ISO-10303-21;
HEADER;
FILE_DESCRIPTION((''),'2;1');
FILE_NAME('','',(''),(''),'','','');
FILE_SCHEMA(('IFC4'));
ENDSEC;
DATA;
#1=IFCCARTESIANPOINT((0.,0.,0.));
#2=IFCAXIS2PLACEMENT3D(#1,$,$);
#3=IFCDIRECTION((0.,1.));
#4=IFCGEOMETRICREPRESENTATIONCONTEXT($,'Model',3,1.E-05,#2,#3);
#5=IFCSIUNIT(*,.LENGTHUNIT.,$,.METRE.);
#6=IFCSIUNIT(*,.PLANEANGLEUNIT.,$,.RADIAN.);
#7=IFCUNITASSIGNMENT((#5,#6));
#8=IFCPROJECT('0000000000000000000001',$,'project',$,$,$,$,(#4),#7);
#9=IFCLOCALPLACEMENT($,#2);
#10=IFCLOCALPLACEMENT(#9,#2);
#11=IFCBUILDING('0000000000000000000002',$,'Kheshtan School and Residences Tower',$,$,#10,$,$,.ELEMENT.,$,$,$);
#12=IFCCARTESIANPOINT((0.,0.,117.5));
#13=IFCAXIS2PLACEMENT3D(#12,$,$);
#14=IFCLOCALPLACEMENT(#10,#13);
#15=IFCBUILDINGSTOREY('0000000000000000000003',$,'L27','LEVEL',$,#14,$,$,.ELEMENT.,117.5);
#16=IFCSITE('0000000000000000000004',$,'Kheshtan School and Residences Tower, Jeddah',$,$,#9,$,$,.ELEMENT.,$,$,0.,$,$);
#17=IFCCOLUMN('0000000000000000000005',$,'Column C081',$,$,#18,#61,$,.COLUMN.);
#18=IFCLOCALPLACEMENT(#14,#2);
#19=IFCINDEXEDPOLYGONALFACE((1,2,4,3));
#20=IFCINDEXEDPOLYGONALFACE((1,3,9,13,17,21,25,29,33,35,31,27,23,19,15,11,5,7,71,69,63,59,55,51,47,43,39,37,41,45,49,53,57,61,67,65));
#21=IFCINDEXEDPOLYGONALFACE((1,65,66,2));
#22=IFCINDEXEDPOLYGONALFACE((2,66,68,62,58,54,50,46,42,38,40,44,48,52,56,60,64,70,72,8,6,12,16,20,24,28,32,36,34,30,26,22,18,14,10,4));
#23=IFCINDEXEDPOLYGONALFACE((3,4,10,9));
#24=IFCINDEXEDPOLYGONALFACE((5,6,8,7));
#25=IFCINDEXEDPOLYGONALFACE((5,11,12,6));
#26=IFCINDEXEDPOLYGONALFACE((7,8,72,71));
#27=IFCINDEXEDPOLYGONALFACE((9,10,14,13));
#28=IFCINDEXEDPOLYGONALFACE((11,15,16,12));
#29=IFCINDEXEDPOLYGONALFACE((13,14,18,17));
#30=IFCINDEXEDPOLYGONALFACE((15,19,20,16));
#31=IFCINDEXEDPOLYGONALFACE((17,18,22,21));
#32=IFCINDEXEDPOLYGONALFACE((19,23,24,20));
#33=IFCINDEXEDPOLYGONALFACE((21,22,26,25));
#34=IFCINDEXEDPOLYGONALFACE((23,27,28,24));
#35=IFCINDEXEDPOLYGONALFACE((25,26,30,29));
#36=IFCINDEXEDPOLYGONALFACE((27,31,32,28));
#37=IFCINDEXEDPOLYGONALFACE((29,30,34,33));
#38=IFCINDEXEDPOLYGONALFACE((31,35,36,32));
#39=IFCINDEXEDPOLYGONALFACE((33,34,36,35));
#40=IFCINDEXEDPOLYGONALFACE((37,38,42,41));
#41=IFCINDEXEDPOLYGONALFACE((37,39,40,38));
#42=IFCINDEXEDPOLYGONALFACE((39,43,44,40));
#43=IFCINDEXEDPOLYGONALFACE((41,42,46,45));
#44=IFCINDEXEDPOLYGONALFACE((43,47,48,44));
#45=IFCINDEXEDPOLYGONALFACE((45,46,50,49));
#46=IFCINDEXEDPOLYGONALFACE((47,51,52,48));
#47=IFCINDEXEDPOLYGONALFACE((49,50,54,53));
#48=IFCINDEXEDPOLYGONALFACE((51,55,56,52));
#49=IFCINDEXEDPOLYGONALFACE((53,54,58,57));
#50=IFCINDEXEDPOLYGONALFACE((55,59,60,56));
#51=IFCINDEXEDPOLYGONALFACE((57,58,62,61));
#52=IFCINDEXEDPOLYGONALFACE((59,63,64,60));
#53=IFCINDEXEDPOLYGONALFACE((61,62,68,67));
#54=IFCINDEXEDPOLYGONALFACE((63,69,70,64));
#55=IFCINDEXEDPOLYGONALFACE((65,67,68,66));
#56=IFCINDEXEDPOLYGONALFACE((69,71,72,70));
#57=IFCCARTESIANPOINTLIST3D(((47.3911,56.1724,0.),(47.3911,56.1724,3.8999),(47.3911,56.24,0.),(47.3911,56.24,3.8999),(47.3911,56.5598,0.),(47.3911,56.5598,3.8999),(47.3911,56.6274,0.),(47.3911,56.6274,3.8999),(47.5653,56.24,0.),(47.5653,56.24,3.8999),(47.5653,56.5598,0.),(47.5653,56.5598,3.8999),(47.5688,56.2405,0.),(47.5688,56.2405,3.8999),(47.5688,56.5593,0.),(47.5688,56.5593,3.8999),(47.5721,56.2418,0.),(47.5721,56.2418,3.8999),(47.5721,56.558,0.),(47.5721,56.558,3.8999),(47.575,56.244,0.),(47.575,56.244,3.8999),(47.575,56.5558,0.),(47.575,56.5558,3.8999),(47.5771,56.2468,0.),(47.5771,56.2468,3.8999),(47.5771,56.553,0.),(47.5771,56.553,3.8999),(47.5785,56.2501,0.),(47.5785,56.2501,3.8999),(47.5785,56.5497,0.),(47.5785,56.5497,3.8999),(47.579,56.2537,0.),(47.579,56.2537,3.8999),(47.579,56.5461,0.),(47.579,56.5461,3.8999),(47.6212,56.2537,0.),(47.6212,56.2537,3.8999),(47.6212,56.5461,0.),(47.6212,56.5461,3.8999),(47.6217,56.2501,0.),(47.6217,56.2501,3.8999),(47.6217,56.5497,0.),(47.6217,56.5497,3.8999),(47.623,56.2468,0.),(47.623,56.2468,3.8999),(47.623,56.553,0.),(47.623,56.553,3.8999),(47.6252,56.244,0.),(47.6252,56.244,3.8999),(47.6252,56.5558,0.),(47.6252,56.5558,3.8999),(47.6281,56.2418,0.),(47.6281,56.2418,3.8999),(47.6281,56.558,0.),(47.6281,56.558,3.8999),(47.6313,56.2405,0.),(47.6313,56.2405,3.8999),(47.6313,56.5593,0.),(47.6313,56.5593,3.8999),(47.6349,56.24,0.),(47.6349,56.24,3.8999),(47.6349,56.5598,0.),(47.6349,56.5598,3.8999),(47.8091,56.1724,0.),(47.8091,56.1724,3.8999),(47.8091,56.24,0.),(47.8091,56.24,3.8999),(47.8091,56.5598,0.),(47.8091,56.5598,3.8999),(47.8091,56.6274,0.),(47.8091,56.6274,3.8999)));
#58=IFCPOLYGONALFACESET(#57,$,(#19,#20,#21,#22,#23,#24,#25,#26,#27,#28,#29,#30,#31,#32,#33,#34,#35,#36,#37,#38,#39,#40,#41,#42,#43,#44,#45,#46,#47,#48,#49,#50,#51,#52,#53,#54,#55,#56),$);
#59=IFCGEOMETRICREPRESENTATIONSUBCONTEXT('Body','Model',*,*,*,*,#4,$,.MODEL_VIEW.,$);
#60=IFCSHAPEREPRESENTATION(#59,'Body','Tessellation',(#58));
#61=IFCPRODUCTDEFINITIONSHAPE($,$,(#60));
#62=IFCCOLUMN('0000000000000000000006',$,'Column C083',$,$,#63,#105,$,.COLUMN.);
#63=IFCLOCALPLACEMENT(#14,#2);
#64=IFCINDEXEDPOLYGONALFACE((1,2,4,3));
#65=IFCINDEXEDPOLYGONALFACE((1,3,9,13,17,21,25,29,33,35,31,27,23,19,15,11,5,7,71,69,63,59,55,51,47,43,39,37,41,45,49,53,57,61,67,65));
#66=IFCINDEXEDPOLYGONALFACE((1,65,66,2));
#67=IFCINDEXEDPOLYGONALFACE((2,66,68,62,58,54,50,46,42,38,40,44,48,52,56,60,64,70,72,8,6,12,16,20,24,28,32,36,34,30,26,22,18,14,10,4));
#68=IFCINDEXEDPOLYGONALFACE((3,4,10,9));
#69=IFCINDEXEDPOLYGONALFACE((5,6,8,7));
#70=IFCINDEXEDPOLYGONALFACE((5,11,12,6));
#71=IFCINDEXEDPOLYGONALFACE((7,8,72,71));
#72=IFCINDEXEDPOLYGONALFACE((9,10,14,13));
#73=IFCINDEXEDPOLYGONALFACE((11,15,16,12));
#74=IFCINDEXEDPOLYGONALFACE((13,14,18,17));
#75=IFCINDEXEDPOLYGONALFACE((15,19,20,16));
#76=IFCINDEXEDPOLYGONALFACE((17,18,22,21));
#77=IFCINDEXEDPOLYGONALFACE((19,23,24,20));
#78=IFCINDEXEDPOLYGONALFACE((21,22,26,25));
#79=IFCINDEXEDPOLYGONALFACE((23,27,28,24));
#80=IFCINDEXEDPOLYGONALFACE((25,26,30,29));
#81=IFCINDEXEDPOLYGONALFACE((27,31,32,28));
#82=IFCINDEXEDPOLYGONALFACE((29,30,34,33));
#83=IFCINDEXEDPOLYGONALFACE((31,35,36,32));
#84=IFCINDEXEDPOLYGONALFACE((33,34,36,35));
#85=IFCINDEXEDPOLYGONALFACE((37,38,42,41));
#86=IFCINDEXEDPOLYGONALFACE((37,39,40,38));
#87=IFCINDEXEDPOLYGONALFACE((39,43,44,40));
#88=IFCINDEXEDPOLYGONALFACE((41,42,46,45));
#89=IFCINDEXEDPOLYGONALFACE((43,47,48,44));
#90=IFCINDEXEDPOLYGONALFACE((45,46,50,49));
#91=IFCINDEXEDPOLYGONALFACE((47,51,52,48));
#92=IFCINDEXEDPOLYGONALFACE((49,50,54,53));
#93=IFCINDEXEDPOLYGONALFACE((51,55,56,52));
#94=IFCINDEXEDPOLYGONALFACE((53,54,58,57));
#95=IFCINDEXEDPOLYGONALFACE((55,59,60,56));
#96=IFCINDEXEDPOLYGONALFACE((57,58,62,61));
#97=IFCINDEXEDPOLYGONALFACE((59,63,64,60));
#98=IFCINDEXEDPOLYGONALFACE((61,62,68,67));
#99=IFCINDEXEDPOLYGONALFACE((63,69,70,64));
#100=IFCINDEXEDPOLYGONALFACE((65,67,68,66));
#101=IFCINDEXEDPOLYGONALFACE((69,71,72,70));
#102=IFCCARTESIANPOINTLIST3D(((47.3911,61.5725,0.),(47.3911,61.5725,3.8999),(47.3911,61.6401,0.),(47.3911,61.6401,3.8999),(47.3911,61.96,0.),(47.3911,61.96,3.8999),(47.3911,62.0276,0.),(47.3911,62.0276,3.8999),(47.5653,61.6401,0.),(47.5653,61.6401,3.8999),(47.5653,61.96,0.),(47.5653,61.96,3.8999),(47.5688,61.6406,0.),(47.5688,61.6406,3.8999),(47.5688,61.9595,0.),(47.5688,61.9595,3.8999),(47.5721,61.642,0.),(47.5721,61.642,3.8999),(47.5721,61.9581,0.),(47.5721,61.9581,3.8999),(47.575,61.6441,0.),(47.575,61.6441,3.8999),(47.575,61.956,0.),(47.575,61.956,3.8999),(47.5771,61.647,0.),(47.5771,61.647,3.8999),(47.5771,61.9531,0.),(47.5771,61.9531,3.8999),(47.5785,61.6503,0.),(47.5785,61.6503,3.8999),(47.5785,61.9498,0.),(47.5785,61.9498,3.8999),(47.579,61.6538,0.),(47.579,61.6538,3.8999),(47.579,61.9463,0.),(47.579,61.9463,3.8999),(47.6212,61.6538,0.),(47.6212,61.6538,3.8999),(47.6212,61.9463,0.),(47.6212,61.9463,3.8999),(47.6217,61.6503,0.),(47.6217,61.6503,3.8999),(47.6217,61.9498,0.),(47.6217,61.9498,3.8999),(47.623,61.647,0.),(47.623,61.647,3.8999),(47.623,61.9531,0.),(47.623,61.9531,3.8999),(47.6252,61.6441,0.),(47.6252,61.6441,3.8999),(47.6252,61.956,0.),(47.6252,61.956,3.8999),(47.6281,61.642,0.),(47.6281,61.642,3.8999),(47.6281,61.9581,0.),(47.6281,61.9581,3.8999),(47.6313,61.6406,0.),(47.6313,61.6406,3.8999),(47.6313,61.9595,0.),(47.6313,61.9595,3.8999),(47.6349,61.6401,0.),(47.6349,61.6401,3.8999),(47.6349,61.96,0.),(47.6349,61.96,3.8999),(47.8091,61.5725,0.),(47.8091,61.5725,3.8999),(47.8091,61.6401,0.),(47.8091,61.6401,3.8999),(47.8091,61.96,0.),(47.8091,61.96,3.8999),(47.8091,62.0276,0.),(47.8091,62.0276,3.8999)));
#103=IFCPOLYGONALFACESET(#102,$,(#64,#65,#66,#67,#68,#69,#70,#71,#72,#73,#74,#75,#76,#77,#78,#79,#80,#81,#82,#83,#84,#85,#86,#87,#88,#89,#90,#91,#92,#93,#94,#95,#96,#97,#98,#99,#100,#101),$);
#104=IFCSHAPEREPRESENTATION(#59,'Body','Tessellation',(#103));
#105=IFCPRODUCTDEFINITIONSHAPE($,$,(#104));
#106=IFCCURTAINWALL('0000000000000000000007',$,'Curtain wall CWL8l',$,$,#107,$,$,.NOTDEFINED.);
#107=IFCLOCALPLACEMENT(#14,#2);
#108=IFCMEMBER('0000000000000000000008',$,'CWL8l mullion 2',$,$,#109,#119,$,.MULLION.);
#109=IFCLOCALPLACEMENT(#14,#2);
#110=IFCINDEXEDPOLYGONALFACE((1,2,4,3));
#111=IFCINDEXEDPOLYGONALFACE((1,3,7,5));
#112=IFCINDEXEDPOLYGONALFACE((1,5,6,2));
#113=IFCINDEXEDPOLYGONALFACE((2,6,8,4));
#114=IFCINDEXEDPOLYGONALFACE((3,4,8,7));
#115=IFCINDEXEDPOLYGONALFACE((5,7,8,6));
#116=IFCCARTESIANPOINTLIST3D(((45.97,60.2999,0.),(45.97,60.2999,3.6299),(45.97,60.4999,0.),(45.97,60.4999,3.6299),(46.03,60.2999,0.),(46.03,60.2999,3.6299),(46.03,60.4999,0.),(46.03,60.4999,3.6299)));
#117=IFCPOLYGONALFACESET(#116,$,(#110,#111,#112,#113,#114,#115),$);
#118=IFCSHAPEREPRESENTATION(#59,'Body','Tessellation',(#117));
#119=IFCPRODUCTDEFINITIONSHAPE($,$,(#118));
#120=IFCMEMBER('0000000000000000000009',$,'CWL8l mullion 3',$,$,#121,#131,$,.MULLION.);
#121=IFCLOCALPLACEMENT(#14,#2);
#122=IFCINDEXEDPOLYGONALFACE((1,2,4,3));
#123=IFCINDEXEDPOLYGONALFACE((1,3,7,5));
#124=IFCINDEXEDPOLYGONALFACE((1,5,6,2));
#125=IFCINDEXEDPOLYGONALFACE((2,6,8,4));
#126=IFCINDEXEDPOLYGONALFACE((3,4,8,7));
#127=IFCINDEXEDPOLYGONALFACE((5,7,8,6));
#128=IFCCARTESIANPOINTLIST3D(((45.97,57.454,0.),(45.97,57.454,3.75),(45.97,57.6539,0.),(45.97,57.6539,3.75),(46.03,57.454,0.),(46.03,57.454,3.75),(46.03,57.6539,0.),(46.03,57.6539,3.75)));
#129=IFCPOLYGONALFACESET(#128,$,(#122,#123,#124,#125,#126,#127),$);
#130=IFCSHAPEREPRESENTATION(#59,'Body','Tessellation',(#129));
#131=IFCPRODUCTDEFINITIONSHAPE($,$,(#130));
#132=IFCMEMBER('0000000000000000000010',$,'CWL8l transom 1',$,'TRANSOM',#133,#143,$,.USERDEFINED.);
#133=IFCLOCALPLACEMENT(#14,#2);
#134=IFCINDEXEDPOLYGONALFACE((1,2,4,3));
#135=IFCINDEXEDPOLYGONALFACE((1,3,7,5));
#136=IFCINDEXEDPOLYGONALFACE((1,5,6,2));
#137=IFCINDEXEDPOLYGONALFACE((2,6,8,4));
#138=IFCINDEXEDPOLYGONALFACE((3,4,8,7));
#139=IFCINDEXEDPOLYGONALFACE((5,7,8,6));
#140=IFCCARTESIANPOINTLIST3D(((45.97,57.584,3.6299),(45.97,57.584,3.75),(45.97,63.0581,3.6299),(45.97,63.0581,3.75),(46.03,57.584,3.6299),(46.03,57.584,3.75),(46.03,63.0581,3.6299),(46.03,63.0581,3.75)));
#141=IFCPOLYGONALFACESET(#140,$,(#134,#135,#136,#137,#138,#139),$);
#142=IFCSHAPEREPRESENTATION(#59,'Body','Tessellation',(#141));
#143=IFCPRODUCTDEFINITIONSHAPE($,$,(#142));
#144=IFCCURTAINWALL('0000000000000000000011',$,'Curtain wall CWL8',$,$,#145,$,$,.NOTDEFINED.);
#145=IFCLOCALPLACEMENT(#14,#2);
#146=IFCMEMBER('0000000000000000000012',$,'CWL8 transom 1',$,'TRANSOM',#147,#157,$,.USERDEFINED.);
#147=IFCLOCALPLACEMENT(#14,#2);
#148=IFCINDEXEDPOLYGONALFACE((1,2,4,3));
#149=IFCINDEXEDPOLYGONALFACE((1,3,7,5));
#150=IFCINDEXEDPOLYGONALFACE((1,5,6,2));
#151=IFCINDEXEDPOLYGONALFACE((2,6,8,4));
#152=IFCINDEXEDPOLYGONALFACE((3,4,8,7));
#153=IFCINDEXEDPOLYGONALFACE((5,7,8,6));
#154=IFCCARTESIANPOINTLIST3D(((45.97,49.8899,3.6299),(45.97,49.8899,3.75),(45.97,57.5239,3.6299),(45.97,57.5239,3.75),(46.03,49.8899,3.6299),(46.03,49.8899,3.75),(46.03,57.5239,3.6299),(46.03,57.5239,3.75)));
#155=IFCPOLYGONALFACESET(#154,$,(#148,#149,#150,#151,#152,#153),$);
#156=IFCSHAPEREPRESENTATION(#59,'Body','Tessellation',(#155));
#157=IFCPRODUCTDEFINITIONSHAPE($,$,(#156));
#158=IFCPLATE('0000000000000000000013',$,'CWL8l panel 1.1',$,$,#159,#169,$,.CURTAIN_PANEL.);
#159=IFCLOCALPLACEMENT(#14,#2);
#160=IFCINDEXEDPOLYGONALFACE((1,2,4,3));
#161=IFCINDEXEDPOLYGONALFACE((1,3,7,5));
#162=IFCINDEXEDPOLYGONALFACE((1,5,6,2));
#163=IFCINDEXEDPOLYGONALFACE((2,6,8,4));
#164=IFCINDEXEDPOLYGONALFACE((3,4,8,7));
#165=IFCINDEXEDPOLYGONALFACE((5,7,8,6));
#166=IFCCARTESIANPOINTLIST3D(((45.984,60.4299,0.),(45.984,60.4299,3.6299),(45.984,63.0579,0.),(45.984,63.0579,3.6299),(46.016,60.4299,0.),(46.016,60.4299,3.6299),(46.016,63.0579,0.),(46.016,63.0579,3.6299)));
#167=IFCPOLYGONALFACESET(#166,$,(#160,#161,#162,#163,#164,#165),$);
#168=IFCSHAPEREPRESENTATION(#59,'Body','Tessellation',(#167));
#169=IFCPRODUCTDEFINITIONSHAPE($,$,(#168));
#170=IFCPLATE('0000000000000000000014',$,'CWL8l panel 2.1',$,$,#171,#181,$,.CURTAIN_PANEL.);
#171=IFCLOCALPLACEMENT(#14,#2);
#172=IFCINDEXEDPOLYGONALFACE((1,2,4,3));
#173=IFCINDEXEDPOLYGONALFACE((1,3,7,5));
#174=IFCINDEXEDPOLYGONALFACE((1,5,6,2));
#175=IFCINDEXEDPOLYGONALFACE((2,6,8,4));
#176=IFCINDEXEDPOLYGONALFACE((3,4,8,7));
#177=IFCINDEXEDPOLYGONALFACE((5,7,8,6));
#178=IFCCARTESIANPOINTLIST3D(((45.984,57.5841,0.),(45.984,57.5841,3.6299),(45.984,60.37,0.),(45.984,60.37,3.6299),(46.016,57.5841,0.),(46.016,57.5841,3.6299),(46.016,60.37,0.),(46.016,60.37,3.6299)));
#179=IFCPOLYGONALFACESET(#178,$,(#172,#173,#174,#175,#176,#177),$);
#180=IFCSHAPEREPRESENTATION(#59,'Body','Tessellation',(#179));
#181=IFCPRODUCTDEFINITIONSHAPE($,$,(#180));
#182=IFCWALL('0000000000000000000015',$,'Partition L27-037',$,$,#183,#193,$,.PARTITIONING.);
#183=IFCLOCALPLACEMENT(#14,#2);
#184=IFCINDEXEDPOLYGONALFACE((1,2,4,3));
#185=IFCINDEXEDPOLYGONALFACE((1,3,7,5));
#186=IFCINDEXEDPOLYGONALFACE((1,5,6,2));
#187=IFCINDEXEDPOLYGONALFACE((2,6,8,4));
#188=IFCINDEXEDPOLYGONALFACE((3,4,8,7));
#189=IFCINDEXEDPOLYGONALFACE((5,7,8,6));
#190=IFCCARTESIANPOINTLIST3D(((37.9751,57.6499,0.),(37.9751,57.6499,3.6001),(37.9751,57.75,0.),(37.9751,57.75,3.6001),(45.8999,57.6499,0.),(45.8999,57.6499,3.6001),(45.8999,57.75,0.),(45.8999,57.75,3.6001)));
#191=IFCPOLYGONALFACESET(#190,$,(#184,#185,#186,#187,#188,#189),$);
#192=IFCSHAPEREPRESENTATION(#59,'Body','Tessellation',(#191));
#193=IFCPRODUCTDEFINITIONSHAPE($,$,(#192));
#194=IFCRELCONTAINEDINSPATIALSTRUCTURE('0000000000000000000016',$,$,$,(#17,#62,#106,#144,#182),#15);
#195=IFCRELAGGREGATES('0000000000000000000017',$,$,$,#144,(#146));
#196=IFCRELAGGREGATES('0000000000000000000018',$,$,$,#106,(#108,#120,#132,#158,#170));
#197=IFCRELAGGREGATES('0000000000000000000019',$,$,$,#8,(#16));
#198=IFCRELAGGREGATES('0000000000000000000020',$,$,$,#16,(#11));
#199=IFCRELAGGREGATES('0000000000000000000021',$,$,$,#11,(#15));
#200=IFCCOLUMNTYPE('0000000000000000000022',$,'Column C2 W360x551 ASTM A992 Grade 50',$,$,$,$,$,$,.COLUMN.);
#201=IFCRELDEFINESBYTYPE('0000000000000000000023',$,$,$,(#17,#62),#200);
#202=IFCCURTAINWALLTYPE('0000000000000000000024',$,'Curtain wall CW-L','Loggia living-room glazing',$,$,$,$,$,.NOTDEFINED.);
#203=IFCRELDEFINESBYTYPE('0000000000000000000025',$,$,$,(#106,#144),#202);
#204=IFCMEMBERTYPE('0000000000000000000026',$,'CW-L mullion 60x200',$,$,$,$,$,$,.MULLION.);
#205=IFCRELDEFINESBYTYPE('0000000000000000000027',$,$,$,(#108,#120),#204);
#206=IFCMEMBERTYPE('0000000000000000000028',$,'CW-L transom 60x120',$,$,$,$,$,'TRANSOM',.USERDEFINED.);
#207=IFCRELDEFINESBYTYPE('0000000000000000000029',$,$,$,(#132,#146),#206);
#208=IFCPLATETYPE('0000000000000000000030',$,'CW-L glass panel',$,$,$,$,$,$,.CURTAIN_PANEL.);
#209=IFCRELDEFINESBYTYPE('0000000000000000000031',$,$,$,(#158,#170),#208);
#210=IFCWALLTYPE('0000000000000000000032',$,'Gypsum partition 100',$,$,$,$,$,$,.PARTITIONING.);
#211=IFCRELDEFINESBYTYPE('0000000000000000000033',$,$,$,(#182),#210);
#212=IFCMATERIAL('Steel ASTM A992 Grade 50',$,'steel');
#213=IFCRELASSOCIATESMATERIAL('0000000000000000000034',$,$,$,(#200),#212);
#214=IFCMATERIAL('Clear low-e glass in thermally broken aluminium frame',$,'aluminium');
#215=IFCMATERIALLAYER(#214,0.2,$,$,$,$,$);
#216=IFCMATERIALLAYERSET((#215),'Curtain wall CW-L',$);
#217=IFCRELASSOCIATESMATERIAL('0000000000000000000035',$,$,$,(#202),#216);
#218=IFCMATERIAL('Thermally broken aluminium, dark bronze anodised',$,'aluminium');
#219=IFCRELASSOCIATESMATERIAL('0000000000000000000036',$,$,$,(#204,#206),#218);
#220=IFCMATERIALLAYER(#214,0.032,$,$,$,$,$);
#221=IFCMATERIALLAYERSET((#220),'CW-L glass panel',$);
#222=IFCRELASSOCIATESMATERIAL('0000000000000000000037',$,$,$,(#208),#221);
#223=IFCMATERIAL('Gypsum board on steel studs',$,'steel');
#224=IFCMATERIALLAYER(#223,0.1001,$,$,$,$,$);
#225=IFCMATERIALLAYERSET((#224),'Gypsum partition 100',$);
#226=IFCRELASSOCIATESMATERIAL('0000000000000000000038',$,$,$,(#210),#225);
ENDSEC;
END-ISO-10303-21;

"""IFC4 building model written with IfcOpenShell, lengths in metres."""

from ifc_helpers import new_model, si_unit, direction, frame, frame_2d, origin, origin_2d, place, context, subcontext, project, spatial, rectangle, i_section, extrude, material, layer, layer_set, material_profile, profile_set, type_object, element, aggregate, save


model = new_model("IFC4")

# Units and contexts
model_context = context("Model", 3, precision=1e-05, world=origin(), true_north=direction((0.0, 1.0)))
body_context = subcontext(model_context, "Body", "Model", "MODEL_VIEW")
ifc_project = project(units=[si_unit("LENGTHUNIT", "METRE"), si_unit("PLANEANGLEUNIT", "RADIAN")], contexts=[model_context])

# Site, building, storey
site_placement = place(None, origin())
site = spatial("IfcSite", under=ifc_project, at=site_placement, Name="Kheshtan School and Residences Tower, Jeddah", CompositionType="ELEMENT", RefElevation=0.0)
building_placement = place(site_placement, origin())
building = spatial("IfcBuilding", under=site, at=building_placement, Name="Kheshtan School and Residences Tower", CompositionType="ELEMENT")
storey_placement = place(building_placement, frame((0.0, 0.0, 117.5)))
storey = spatial("IfcBuildingStorey", under=building, at=storey_placement, Name="L27", Description="LEVEL", CompositionType="ELEMENT", Elevation=117.5)

# Columns
ifc_material_1 = material(Name="Steel ASTM A992 Grade 50", Category="steel")
ifc_material_profile_1 = material_profile(ifc_material_1, i_section(OverallWidth=0.418, OverallDepth=0.4551, WebThickness=0.0422, FlangeThickness=0.0676, FilletRadius=0.0137, at=origin_2d()), Name="W360x551")
ifc_profile_set_1 = profile_set([ifc_material_profile_1], Name="Steel ASTM A992 Grade 50")
column_type = type_object("IfcColumnType", Name="Column C2 W360x551 ASTM A992 Grade 50", PredefinedType="COLUMN", material=ifc_profile_set_1)
for number, where, z_axis, x_axis, name in (
    (1, (47.6001, 56.3999, 0.0), (0.0, 0.0, 1.0), (1.0, 0.0, 0.0), "Column C081"),
    (2, (47.6001, 61.8, 0.0), (0.0, 0.0, 1.0), (1.0, 0.0, 0.0), "Column C083"),
):
    element("IfcColumn", number, at=place(storey_placement, frame(where, z_axis=z_axis, x_axis=x_axis)), inside=storey, type_object=column_type, Name=name, PredefinedType="COLUMN", context=body_context, shape_type="SweptSolid", body=[
        extrude(i_section(OverallWidth=0.418, OverallDepth=0.4551, WebThickness=0.0422, FlangeThickness=0.0676, FilletRadius=0.0137, at=origin_2d()), origin(), (0.0, 0.0, 1.0), 3.8999),
    ])

# Curtain wall, members
ifc_material_2 = material(Name="Clear low-e glass in thermally broken aluminium frame", Category="aluminium")
ifc_layer_1 = layer(ifc_material_2, 0.2)
ifc_layer_set_1 = layer_set([ifc_layer_1], Name="Curtain wall CW-L")
curtain_wall_type = type_object("IfcCurtainWallType", Name="Curtain wall CW-L", Description="Loggia living-room glazing", PredefinedType="NOTDEFINED", material=ifc_layer_set_1)
curtain_wall_1_placement = place(storey_placement, origin())
curtain_wall_1 = element("IfcCurtainWall", 3, at=curtain_wall_1_placement, inside=storey, type_object=curtain_wall_type, Name="Curtain wall CWL8l", PredefinedType="NOTDEFINED")
ifc_material_3 = material(Name="Thermally broken aluminium, dark bronze anodised", Category="aluminium")
ifc_material_profile_2 = material_profile(ifc_material_3, rectangle(XDim=0.0601, YDim=0.2, at=origin_2d()), Name="CW-L mullion 60x200")
ifc_profile_set_2 = profile_set([ifc_material_profile_2], Name="Thermally broken aluminium, dark bronze anodised")
member_type_1 = type_object("IfcMemberType", Name="CW-L mullion 60x200", PredefinedType="MULLION", material=ifc_profile_set_2)
member_1_placement = place(storey_placement, frame((46.0, 60.3999, 0.0), z_axis=(0.0, 0.0, 1.0), x_axis=(1.0, 0.0, 0.0)))
member_1 = element("IfcMember", 4, at=member_1_placement, type_object=member_type_1, Name="CWL8l mullion 2", PredefinedType="MULLION", context=body_context, shape_type="SweptSolid", body=[
    extrude(rectangle(XDim=0.0601, YDim=0.2, at=origin_2d()), origin(), (0.0, 0.0, 1.0), 3.6299),
])
member_2_placement = place(storey_placement, frame((46.0, 57.554, 0.0), z_axis=(0.0, 0.0, 1.0), x_axis=(1.0, 0.0, 0.0)))
member_2 = element("IfcMember", 5, at=member_2_placement, type_object=member_type_1, Name="CWL8l mullion 3", PredefinedType="MULLION", context=body_context, shape_type="SweptSolid", body=[
    extrude(rectangle(XDim=0.0601, YDim=0.2, at=origin_2d()), origin(), (0.0, 0.0, 1.0), 3.75),
])
ifc_material_profile_3 = material_profile(ifc_material_3, rectangle(XDim=0.0601, YDim=0.1201, at=origin_2d()), Name="CW-L transom 60x120")
ifc_profile_set_3 = profile_set([ifc_material_profile_3], Name="Thermally broken aluminium, dark bronze anodised")
member_type_2 = type_object("IfcMemberType", Name="CW-L transom 60x120", ElementType="TRANSOM", PredefinedType="USERDEFINED", material=ifc_profile_set_3)
member_3_placement = place(storey_placement, frame((46.0, 63.0581, 3.6899), z_axis=(0.0, -1.0, 0.0), x_axis=(1.0, 0.0, 0.0)))
member_3 = element("IfcMember", 6, at=member_3_placement, type_object=member_type_2, Name="CWL8l transom 1", ObjectType="TRANSOM", PredefinedType="USERDEFINED", context=body_context, shape_type="SweptSolid", body=[
    extrude(rectangle(XDim=0.0601, YDim=0.1201, at=origin_2d()), origin(), (0.0, 0.0, 1.0), 5.4741),
])

# Curtain wall, member
curtain_wall_2_placement = place(storey_placement, origin())
curtain_wall_2 = element("IfcCurtainWall", 7, at=curtain_wall_2_placement, inside=storey, type_object=curtain_wall_type, Name="Curtain wall CWL8", PredefinedType="NOTDEFINED")
member_4_placement = place(storey_placement, frame((46.0, 57.5239, 3.6899), z_axis=(0.0, -1.0, 0.0), x_axis=(1.0, 0.0, 0.0)))
member_4 = element("IfcMember", 8, at=member_4_placement, type_object=member_type_2, Name="CWL8 transom 1", ObjectType="TRANSOM", PredefinedType="USERDEFINED", context=body_context, shape_type="SweptSolid", body=[
    extrude(rectangle(XDim=0.0601, YDim=0.1201, at=origin_2d()), origin(), (0.0, 0.0, 1.0), 7.634),
])
aggregate(curtain_wall_2, [member_4])

# Plates
ifc_layer_2 = layer(ifc_material_2, 0.032)
ifc_layer_set_2 = layer_set([ifc_layer_2], Name="CW-L glass panel")
plate_type = type_object("IfcPlateType", Name="CW-L glass panel", PredefinedType="CURTAIN_PANEL", material=ifc_layer_set_2)
plate_1_placement = place(storey_placement, frame((46.0, 61.7439, 0.0), z_axis=(0.0, 0.0, 1.0), x_axis=(0.0, -1.0, 0.0)))
plate_1 = element("IfcPlate", 9, at=plate_1_placement, type_object=plate_type, Name="CWL8l panel 1.1", PredefinedType="CURTAIN_PANEL", context=body_context, shape_type="SweptSolid", body=[
    extrude(rectangle(XDim=2.6279, YDim=0.032, at=origin_2d()), origin(), (0.0, 0.0, 1.0), 3.6299),
])
plate_2_placement = place(storey_placement, frame((46.0, 58.9771, 0.0), z_axis=(0.0, 0.0, 1.0), x_axis=(0.0, -1.0, 0.0)))
plate_2 = element("IfcPlate", 10, at=plate_2_placement, type_object=plate_type, Name="CWL8l panel 2.1", PredefinedType="CURTAIN_PANEL", context=body_context, shape_type="SweptSolid", body=[
    extrude(rectangle(XDim=2.7859, YDim=0.032, at=origin_2d()), origin(), (0.0, 0.0, 1.0), 3.6299),
])
aggregate(curtain_wall_1, [member_1, member_2, member_3, plate_1, plate_2])

# Wall
ifc_material_4 = material(Name="Gypsum board on steel studs", Category="steel")
ifc_layer_3 = layer(ifc_material_4, 0.1001)
ifc_layer_set_3 = layer_set([ifc_layer_3], Name="Gypsum partition 100")
wall_type_1 = type_object("IfcWallType", Name="Gypsum partition 100", PredefinedType="PARTITIONING", material=ifc_layer_set_3)
for number, where, z_axis, x_axis, name in (
    (11, (37.9751, 57.7, 0.0), (0.0, 0.0, 1.0), (1.0, 0.0, 0.0), "Partition L27-037"),
):
    element("IfcWall", number, at=place(storey_placement, frame(where, z_axis=z_axis, x_axis=x_axis)), inside=storey, type_object=wall_type_1, Name=name, PredefinedType="PARTITIONING", context=body_context, shape_type="SweptSolid", body=[
        extrude(rectangle(XDim=7.9248, YDim=0.1001, at=frame_2d((3.9624, 0.0))), origin(), (0.0, 0.0, 1.0), 3.6001),
    ])

save(model, "model.ifc")
